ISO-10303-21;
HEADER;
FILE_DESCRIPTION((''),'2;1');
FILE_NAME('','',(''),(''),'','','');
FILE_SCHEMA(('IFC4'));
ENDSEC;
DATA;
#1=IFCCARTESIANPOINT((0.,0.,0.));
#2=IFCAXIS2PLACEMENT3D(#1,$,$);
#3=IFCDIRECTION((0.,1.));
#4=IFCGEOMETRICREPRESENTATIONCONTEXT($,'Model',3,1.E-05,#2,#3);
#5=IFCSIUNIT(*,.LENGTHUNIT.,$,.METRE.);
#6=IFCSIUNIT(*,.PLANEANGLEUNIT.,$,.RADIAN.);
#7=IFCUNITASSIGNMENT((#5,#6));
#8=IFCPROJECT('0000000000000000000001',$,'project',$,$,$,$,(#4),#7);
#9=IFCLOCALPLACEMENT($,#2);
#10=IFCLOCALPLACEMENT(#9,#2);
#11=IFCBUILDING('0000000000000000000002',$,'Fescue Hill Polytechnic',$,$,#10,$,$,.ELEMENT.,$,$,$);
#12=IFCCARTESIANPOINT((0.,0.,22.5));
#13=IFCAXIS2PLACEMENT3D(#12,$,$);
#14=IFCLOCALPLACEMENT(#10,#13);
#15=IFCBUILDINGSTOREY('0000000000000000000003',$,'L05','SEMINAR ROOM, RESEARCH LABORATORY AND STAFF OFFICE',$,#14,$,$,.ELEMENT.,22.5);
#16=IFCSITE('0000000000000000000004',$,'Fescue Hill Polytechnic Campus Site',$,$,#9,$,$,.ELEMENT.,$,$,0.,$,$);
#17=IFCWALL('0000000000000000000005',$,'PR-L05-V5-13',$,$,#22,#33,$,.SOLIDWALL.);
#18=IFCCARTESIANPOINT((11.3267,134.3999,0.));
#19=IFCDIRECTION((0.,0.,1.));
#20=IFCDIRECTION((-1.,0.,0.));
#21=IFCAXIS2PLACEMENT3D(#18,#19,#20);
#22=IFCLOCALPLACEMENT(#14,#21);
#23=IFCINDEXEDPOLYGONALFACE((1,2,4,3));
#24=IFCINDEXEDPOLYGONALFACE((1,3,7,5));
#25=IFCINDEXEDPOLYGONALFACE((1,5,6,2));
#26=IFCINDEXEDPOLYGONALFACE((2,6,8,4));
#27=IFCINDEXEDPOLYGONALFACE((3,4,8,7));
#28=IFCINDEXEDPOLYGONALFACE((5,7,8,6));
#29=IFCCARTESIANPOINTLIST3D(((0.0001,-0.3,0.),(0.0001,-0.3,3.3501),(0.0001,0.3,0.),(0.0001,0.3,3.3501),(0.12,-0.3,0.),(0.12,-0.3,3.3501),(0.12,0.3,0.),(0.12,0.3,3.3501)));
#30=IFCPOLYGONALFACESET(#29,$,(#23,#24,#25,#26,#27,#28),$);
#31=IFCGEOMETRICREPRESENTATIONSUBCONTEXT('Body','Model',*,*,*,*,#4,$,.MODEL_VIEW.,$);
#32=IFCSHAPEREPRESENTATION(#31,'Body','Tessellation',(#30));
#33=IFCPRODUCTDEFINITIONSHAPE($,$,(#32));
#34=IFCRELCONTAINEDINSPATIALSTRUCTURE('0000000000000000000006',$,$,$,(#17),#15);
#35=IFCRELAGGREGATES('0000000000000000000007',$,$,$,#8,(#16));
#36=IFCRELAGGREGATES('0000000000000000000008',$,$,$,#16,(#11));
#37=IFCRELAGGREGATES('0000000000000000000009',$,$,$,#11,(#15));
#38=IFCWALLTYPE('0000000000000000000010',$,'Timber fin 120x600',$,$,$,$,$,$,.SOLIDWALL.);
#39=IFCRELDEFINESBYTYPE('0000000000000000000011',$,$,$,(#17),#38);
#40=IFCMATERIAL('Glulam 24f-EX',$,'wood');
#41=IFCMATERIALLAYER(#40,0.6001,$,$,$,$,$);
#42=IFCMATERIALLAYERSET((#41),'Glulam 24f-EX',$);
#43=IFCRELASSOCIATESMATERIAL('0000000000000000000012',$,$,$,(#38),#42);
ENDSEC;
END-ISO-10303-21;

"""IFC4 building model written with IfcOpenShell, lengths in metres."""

from ifc_helpers import new_model, si_unit, direction, frame, frame_2d, origin, place, context, subcontext, project, spatial, rectangle, extrude, material, layer, layer_set, type_object, element, save


model = new_model("IFC4")

# Units and contexts
model_context = context("Model", 3, precision=1e-05, world=origin(), true_north=direction((0.0, 1.0)))
body_context = subcontext(model_context, "Body", "Model", "MODEL_VIEW")
ifc_project = project(units=[si_unit("LENGTHUNIT", "METRE"), si_unit("PLANEANGLEUNIT", "RADIAN")], contexts=[model_context])

# Site, building, storey
site_placement = place(None, origin())
site = spatial("IfcSite", under=ifc_project, at=site_placement, Name="Fescue Hill Polytechnic Campus Site", CompositionType="ELEMENT", RefElevation=0.0)
building_placement = place(site_placement, origin())
building = spatial("IfcBuilding", under=site, at=building_placement, Name="Fescue Hill Polytechnic", CompositionType="ELEMENT")
storey_placement = place(building_placement, frame((0.0, 0.0, 22.5)))
storey = spatial("IfcBuildingStorey", under=building, at=storey_placement, Name="L05", Description="SEMINAR ROOM, RESEARCH LABORATORY AND STAFF OFFICE", CompositionType="ELEMENT", Elevation=22.5)

# Wall
ifc_material_1 = material(Name="Glulam 24f-EX", Category="wood")
ifc_layer_1 = layer(ifc_material_1, 0.6001)
ifc_layer_set_1 = layer_set([ifc_layer_1], Name="Glulam 24f-EX")
wall_type_1 = type_object("IfcWallType", Name="Timber fin 120x600", PredefinedType="SOLIDWALL", material=ifc_layer_set_1)
wall_1_placement = place(storey_placement, frame((11.3267, 134.3999, 0.0), z_axis=(0.0, 0.0, 1.0), x_axis=(-1.0, 0.0, 0.0)))
element("IfcWall", 1, at=wall_1_placement, inside=storey, type_object=wall_type_1, Name="PR-L05-V5-13", PredefinedType="SOLIDWALL", context=body_context, shape_type="SweptSolid", body=[
    extrude(rectangle(XDim=0.1199, YDim=0.6001, at=frame_2d((0.0601, 0.0))), origin(), (0.0, 0.0, 1.0), 3.3501),
])

save(model, "model.ifc")
